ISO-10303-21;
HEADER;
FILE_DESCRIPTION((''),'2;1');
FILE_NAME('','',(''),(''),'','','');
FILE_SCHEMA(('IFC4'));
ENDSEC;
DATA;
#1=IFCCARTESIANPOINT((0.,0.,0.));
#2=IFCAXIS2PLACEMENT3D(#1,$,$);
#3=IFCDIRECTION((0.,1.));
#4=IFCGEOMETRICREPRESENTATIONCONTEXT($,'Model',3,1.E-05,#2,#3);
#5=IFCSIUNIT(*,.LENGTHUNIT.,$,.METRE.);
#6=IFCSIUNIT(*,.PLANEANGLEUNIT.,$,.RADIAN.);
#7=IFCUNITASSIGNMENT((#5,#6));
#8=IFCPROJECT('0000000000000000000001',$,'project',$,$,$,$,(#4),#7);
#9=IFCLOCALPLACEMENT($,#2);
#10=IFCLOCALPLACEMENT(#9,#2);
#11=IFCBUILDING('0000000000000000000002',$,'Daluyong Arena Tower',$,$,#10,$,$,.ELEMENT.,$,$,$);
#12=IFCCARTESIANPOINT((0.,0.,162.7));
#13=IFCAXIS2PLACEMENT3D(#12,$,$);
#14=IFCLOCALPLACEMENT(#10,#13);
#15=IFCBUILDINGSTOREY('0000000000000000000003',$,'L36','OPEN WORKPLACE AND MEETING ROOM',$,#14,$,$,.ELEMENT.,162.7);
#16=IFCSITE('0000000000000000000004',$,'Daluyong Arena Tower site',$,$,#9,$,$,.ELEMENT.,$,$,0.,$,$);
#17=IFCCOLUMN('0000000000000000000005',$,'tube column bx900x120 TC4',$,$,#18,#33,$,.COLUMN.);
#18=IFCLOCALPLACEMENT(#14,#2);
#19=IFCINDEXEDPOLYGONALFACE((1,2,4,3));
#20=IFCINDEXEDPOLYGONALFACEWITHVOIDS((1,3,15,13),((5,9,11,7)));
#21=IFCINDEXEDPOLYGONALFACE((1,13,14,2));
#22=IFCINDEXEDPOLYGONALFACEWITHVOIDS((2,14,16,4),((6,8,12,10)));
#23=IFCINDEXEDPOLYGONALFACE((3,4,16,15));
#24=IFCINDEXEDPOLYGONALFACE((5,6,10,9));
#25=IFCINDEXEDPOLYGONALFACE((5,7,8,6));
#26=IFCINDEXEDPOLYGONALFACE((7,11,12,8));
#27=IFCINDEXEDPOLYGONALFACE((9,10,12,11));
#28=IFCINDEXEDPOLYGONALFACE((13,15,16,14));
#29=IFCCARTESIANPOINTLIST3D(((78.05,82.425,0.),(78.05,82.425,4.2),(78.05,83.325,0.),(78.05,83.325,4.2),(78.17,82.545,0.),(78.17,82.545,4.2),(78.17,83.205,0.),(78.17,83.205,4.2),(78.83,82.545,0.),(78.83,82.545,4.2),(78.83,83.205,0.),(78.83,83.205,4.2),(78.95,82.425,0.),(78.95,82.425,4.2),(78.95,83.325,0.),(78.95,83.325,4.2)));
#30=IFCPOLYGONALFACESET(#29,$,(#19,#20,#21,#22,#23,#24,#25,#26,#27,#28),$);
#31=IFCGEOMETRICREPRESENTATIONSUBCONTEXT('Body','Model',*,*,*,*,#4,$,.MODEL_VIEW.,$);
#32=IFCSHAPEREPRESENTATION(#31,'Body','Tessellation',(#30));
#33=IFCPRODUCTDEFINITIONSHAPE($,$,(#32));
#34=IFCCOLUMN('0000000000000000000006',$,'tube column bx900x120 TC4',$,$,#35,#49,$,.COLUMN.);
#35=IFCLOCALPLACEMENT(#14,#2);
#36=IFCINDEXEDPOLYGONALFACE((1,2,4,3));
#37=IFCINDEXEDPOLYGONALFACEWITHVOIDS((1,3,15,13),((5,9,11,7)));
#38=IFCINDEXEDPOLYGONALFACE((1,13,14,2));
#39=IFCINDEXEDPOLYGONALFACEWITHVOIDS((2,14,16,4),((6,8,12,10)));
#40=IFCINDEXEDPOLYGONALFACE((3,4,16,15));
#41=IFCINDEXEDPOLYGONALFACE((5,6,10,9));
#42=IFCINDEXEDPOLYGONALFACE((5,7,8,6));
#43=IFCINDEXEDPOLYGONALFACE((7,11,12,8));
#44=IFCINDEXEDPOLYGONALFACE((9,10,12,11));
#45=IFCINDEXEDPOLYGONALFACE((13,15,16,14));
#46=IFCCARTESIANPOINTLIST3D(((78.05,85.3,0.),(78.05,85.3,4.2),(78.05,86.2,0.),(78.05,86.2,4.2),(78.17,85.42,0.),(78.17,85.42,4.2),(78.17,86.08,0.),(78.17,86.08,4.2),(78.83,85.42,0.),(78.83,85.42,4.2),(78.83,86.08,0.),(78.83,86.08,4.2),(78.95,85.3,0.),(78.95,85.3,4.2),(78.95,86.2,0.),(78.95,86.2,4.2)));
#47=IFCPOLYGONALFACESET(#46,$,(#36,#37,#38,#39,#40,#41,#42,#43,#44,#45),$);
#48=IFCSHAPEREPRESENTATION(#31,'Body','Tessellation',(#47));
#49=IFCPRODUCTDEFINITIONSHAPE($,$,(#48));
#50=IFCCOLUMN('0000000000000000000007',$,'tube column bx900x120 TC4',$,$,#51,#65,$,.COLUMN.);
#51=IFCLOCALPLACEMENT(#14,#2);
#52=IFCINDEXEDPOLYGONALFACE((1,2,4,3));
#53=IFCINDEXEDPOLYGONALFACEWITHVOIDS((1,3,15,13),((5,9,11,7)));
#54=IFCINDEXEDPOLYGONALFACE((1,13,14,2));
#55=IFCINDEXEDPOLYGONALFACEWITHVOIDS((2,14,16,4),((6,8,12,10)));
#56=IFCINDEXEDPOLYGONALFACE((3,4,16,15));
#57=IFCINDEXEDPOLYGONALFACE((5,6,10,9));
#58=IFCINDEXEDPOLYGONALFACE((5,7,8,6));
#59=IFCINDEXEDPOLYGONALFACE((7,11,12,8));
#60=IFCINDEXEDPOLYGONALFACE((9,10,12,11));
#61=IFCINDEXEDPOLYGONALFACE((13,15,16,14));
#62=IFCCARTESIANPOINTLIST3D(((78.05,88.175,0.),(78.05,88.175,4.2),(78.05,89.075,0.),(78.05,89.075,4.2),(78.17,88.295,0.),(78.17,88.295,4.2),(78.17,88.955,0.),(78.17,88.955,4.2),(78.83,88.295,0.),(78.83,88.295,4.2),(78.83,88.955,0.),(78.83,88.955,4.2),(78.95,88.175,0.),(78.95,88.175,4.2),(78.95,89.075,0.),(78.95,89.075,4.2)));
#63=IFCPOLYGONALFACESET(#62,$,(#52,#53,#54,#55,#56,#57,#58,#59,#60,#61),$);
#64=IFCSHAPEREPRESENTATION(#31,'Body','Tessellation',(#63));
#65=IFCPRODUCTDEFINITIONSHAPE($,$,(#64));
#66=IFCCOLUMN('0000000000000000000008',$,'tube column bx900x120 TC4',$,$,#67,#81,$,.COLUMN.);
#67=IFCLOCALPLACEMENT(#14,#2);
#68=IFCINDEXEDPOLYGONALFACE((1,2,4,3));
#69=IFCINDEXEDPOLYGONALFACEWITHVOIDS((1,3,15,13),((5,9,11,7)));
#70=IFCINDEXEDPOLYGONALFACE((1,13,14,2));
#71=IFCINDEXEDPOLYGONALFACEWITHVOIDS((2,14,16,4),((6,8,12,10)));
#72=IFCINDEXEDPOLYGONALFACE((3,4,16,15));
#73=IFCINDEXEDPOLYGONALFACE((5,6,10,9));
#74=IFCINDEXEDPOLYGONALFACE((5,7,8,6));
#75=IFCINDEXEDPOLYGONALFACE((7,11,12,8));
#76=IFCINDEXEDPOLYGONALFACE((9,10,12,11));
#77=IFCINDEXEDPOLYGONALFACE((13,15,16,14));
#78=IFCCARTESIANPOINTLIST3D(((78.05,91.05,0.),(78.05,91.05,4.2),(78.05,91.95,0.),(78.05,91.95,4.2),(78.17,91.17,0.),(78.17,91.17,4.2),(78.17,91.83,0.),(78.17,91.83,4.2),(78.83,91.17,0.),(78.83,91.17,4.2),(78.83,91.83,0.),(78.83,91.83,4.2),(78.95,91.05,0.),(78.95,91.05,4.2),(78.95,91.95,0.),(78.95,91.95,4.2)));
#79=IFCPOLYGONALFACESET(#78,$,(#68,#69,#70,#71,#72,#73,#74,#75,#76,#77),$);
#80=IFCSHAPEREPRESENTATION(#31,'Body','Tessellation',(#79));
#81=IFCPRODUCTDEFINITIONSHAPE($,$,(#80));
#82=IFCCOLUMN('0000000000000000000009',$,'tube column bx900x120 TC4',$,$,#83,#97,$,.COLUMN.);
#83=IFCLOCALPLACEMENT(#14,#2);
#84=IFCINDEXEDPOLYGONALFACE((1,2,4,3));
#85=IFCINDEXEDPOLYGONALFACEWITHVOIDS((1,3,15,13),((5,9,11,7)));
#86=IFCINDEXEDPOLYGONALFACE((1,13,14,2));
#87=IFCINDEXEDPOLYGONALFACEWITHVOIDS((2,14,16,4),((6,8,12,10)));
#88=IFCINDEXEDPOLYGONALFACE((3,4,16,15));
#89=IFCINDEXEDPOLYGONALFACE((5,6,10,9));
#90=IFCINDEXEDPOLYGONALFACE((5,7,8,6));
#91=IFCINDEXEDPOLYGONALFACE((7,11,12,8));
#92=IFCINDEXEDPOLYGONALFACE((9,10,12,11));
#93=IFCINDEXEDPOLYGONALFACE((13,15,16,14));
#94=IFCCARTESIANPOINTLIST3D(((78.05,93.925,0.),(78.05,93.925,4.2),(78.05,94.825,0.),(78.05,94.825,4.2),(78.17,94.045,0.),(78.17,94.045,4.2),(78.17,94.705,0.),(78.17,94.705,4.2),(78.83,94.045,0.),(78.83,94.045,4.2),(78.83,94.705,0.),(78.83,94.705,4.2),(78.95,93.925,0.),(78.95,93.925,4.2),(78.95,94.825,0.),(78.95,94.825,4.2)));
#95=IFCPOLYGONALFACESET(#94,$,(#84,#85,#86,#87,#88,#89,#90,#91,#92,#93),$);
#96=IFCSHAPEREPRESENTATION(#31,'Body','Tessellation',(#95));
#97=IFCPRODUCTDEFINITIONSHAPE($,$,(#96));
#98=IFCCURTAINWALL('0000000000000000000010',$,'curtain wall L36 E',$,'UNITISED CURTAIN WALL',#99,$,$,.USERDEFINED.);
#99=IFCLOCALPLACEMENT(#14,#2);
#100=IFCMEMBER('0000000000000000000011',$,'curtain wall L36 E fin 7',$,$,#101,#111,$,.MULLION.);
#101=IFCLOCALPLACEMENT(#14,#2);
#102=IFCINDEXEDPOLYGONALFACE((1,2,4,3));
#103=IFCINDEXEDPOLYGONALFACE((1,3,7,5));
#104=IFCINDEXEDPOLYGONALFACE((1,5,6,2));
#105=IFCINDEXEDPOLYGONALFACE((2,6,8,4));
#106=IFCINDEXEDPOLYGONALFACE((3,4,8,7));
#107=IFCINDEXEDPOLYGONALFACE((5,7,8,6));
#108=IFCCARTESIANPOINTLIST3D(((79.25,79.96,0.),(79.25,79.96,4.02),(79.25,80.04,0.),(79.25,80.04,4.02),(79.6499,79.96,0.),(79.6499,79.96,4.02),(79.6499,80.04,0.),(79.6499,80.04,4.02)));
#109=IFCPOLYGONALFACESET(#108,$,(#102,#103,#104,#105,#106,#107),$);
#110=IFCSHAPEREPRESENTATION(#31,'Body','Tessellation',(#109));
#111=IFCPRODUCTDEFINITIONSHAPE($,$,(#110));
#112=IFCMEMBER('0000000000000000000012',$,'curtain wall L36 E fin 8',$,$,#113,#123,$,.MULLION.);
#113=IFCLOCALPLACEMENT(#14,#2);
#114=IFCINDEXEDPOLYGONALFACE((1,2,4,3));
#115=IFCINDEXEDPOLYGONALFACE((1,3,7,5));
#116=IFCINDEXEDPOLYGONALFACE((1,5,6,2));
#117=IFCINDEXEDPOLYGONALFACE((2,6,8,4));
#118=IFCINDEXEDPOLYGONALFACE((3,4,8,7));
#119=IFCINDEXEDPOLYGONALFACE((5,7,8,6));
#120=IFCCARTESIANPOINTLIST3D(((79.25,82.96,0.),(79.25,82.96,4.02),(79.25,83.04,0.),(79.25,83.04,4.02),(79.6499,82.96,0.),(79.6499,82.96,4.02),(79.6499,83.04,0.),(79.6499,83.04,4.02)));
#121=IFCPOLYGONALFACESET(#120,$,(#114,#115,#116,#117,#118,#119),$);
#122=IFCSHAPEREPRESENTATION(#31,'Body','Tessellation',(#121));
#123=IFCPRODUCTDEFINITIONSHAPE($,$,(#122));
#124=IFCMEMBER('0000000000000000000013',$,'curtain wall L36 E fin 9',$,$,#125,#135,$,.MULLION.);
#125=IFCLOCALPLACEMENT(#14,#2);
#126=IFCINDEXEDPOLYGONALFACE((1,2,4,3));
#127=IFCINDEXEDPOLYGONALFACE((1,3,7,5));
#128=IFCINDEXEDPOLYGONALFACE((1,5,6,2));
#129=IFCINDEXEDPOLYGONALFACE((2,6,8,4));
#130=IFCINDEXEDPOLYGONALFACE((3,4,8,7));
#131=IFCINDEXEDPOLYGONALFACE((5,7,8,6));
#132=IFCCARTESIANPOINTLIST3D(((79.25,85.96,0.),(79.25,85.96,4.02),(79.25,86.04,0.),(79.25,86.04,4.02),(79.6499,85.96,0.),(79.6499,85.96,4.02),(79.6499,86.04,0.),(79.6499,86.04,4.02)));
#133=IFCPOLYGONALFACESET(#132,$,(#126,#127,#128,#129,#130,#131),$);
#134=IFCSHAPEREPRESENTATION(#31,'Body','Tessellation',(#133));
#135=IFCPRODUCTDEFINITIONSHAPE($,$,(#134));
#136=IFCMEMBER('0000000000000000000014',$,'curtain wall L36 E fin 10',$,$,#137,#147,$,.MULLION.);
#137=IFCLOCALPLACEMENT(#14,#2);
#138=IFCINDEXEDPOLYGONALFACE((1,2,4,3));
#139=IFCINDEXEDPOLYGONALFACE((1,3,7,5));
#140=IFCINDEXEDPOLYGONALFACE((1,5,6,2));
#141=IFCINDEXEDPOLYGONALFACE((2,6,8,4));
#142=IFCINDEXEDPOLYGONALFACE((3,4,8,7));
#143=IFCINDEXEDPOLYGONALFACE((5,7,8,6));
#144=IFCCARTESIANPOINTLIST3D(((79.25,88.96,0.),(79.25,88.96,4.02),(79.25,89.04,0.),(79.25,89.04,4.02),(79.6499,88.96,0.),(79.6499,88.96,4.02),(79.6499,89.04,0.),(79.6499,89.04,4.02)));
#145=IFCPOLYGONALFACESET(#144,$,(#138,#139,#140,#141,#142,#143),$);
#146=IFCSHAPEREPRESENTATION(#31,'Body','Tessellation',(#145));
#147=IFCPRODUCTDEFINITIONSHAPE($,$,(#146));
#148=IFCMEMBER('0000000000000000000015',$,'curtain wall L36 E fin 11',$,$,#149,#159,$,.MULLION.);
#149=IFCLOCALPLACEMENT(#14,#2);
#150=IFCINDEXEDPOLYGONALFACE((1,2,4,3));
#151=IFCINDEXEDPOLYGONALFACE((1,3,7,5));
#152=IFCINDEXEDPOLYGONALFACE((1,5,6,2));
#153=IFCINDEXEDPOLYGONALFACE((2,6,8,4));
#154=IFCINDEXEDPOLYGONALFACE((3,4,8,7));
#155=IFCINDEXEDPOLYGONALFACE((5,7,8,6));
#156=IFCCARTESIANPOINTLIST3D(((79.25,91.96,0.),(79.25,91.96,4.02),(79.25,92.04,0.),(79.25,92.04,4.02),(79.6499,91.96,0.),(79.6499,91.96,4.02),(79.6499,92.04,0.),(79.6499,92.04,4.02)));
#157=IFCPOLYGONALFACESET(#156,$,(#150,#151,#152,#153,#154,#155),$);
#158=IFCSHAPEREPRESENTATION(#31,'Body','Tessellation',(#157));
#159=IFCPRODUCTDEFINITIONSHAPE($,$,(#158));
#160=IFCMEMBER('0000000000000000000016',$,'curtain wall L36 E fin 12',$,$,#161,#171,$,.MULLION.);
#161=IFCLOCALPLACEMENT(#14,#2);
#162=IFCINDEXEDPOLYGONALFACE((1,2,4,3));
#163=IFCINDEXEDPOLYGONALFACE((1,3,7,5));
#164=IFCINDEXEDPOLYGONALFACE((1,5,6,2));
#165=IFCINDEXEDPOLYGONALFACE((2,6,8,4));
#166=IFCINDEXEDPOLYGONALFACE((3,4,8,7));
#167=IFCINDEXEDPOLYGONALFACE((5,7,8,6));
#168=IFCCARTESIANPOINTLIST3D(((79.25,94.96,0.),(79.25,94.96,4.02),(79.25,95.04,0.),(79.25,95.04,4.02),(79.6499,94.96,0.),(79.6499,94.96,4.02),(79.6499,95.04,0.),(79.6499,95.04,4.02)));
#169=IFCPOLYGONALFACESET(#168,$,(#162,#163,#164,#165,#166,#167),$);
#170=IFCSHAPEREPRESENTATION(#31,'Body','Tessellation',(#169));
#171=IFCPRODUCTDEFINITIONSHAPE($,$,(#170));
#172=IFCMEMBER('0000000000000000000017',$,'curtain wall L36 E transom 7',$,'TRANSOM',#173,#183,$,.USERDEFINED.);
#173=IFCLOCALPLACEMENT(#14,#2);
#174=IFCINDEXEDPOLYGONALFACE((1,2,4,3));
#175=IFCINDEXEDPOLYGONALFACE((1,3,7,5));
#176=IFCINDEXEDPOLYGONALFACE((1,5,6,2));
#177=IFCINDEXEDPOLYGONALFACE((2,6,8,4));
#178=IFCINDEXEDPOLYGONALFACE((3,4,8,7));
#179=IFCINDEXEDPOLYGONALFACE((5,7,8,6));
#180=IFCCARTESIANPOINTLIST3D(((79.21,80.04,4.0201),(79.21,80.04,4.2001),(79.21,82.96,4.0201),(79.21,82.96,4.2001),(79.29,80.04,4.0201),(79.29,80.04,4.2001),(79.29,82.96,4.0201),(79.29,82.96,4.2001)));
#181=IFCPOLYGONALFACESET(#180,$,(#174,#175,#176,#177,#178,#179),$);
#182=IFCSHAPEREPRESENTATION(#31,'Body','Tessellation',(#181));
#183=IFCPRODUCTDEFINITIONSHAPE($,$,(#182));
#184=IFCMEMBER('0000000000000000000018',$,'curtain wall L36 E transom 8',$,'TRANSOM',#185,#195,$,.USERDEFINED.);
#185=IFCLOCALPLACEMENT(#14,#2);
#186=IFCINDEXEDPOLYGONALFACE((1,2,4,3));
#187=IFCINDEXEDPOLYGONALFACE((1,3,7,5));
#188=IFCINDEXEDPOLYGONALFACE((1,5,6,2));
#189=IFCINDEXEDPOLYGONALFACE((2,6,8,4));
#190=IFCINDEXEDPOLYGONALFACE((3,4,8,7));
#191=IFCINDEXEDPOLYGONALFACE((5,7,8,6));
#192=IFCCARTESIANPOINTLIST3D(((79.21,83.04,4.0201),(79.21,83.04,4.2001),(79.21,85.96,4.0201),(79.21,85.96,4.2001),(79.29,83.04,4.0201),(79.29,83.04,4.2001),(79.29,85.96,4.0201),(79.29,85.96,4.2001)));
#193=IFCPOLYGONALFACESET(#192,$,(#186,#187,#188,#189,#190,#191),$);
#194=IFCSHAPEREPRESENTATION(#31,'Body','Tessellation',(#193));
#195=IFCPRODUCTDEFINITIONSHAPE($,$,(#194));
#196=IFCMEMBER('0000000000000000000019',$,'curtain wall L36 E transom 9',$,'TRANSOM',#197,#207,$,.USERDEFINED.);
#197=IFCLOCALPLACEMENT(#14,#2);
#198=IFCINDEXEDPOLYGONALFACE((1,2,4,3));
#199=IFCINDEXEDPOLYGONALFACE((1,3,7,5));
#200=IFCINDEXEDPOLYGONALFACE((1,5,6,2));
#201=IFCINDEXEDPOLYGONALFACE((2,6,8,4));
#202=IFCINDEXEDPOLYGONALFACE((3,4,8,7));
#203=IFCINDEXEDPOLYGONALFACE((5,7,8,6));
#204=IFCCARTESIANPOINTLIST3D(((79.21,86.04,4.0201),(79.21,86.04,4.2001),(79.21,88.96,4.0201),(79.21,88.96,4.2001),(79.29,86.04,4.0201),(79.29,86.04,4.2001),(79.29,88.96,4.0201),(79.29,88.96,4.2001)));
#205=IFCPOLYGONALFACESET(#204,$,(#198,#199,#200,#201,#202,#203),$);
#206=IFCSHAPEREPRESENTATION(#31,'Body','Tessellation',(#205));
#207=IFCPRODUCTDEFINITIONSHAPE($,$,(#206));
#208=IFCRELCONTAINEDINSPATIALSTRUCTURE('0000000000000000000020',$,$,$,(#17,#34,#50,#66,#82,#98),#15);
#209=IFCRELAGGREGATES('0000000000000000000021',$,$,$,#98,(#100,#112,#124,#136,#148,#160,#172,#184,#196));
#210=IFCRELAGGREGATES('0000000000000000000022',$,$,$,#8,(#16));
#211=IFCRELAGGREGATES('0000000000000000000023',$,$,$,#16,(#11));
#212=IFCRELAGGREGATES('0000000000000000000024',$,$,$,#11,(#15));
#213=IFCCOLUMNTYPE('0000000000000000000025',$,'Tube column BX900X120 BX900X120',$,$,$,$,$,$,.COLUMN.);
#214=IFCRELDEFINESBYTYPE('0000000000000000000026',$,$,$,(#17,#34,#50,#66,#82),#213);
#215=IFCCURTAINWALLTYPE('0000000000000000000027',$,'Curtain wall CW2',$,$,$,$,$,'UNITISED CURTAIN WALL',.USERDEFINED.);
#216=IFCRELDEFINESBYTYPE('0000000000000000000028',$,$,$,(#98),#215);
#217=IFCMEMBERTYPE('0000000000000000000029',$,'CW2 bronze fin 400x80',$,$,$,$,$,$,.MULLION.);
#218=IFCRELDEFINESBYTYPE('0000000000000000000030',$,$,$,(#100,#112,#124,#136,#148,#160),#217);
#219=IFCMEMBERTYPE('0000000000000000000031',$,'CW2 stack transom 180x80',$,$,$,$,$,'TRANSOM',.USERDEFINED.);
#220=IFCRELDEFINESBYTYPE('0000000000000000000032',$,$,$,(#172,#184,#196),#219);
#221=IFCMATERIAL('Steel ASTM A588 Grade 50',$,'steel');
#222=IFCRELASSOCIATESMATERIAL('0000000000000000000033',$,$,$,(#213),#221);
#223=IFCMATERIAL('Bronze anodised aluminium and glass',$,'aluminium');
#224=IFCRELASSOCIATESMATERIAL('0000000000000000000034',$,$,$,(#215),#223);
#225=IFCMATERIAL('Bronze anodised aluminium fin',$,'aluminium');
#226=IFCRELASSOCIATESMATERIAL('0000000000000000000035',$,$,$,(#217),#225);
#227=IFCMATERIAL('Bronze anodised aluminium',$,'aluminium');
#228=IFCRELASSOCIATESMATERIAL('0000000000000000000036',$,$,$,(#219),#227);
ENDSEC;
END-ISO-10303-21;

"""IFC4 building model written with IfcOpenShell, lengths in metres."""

from ifc_helpers import new_model, si_unit, direction, frame, origin, origin_2d, place, context, subcontext, project, spatial, rectangle, hollow_rectangle, extrude, material, material_profile, profile_set, type_object, element, aggregate, save


model = new_model("IFC4")

# Units and contexts
model_context = context("Model", 3, precision=1e-05, world=origin(), true_north=direction((0.0, 1.0)))
body_context = subcontext(model_context, "Body", "Model", "MODEL_VIEW")
ifc_project = project(units=[si_unit("LENGTHUNIT", "METRE"), si_unit("PLANEANGLEUNIT", "RADIAN")], contexts=[model_context])

# Site, building, storey
site_placement = place(None, origin())
site = spatial("IfcSite", under=ifc_project, at=site_placement, Name="Daluyong Arena Tower site", CompositionType="ELEMENT", RefElevation=0.0)
building_placement = place(site_placement, origin())
building = spatial("IfcBuilding", under=site, at=building_placement, Name="Daluyong Arena Tower", CompositionType="ELEMENT")
storey_placement = place(building_placement, frame((0.0, 0.0, 162.7)))
storey = spatial("IfcBuildingStorey", under=building, at=storey_placement, Name="L36", Description="OPEN WORKPLACE AND MEETING ROOM", CompositionType="ELEMENT", Elevation=162.7)

# Columns
ifc_material_1 = material(Name="Steel ASTM A588 Grade 50", Category="steel")
ifc_material_profile_1 = material_profile(ifc_material_1, hollow_rectangle(XDim=0.8999, YDim=0.8999, WallThickness=0.12, at=origin_2d()))
ifc_profile_set_1 = profile_set([ifc_material_profile_1], Name="Steel ASTM A588 Grade 50")
column_type = type_object("IfcColumnType", Name="Tube column BX900X120 BX900X120", PredefinedType="COLUMN", material=ifc_profile_set_1)
for number, where, z_axis, x_axis, name in (
    (1, (78.5, 82.875, 0.0), (0.0, 0.0, 1.0), (0.0, 1.0, 0.0), "tube column bx900x120 TC4"),
    (2, (78.5, 85.75, 0.0), (0.0, 0.0, 1.0), (0.0, 1.0, 0.0), "tube column bx900x120 TC4"),
    (3, (78.5, 88.625, 0.0), (0.0, 0.0, 1.0), (0.0, 1.0, 0.0), "tube column bx900x120 TC4"),
    (4, (78.5, 91.5, 0.0), (0.0, 0.0, 1.0), (0.0, 1.0, 0.0), "tube column bx900x120 TC4"),
    (5, (78.5, 94.375, 0.0), (0.0, 0.0, 1.0), (0.0, 1.0, 0.0), "tube column bx900x120 TC4"),
):
    element("IfcColumn", number, at=place(storey_placement, frame(where, z_axis=z_axis, x_axis=x_axis)), inside=storey, type_object=column_type, Name=name, PredefinedType="COLUMN", context=body_context, shape_type="SweptSolid", body=[
        extrude(hollow_rectangle(XDim=0.8999, YDim=0.8999, WallThickness=0.12, at=origin_2d()), origin(), (0.0, 0.0, 1.0), 4.2),
    ])

# Curtain wall, members
ifc_material_2 = material(Name="Bronze anodised aluminium and glass", Category="aluminium")
curtain_wall_type = type_object("IfcCurtainWallType", Name="Curtain wall CW2", ElementType="UNITISED CURTAIN WALL", PredefinedType="USERDEFINED", material=ifc_material_2)
curtain_wall_placement = place(storey_placement, origin())
curtain_wall = element("IfcCurtainWall", 6, at=curtain_wall_placement, inside=storey, type_object=curtain_wall_type, Name="curtain wall L36 E", ObjectType="UNITISED CURTAIN WALL", PredefinedType="USERDEFINED")
ifc_material_3 = material(Name="Bronze anodised aluminium fin", Category="aluminium")
ifc_material_profile_2 = material_profile(ifc_material_3, rectangle(XDim=0.3999, YDim=0.0801, at=origin_2d()))
ifc_profile_set_2 = profile_set([ifc_material_profile_2], Name="Bronze anodised aluminium fin")
member_type_1 = type_object("IfcMemberType", Name="CW2 bronze fin 400x80", PredefinedType="MULLION", material=ifc_profile_set_2)
member_1_placement = place(storey_placement, frame((79.45, 80.0, 0.0), z_axis=(0.0, 0.0, 1.0), x_axis=(-1.0, 0.0, 0.0)))
member_1 = element("IfcMember", 7, at=member_1_placement, type_object=member_type_1, Name="curtain wall L36 E fin 7", PredefinedType="MULLION", context=body_context, shape_type="SweptSolid", body=[
    extrude(rectangle(XDim=0.3999, YDim=0.0801, at=origin_2d()), origin(), (0.0, 0.0, 1.0), 4.02),
])
member_2_placement = place(storey_placement, frame((79.45, 83.0, 0.0), z_axis=(0.0, 0.0, 1.0), x_axis=(-1.0, 0.0, 0.0)))
member_2 = element("IfcMember", 8, at=member_2_placement, type_object=member_type_1, Name="curtain wall L36 E fin 8", PredefinedType="MULLION", context=body_context, shape_type="SweptSolid", body=[
    extrude(rectangle(XDim=0.3999, YDim=0.0801, at=origin_2d()), origin(), (0.0, 0.0, 1.0), 4.02),
])
member_3_placement = place(storey_placement, frame((79.45, 86.0, 0.0), z_axis=(0.0, 0.0, 1.0), x_axis=(-1.0, 0.0, 0.0)))
member_3 = element("IfcMember", 9, at=member_3_placement, type_object=member_type_1, Name="curtain wall L36 E fin 9", PredefinedType="MULLION", context=body_context, shape_type="SweptSolid", body=[
    extrude(rectangle(XDim=0.3999, YDim=0.0801, at=origin_2d()), origin(), (0.0, 0.0, 1.0), 4.02),
])
member_4_placement = place(storey_placement, frame((79.45, 89.0, 0.0), z_axis=(0.0, 0.0, 1.0), x_axis=(-1.0, 0.0, 0.0)))
member_4 = element("IfcMember", 10, at=member_4_placement, type_object=member_type_1, Name="curtain wall L36 E fin 10", PredefinedType="MULLION", context=body_context, shape_type="SweptSolid", body=[
    extrude(rectangle(XDim=0.3999, YDim=0.0801, at=origin_2d()), origin(), (0.0, 0.0, 1.0), 4.02),
])
member_5_placement = place(storey_placement, frame((79.45, 92.0, 0.0), z_axis=(0.0, 0.0, 1.0), x_axis=(-1.0, 0.0, 0.0)))
member_5 = element("IfcMember", 11, at=member_5_placement, type_object=member_type_1, Name="curtain wall L36 E fin 11", PredefinedType="MULLION", context=body_context, shape_type="SweptSolid", body=[
    extrude(rectangle(XDim=0.3999, YDim=0.0801, at=origin_2d()), origin(), (0.0, 0.0, 1.0), 4.02),
])
member_6_placement = place(storey_placement, frame((79.45, 95.0, 0.0), z_axis=(0.0, 0.0, 1.0), x_axis=(-1.0, 0.0, 0.0)))
member_6 = element("IfcMember", 12, at=member_6_placement, type_object=member_type_1, Name="curtain wall L36 E fin 12", PredefinedType="MULLION", context=body_context, shape_type="SweptSolid", body=[
    extrude(rectangle(XDim=0.3999, YDim=0.0801, at=origin_2d()), origin(), (0.0, 0.0, 1.0), 4.02),
])
ifc_material_4 = material(Name="Bronze anodised aluminium", Category="aluminium")
ifc_material_profile_3 = material_profile(ifc_material_4, rectangle(XDim=0.0801, YDim=0.1799, at=origin_2d()))
ifc_profile_set_3 = profile_set([ifc_material_profile_3], Name="Bronze anodised aluminium")
member_type_2 = type_object("IfcMemberType", Name="CW2 stack transom 180x80", ElementType="TRANSOM", PredefinedType="USERDEFINED", material=ifc_profile_set_3)
member_7_placement = place(storey_placement, frame((79.25, 80.04, 4.1101), z_axis=(0.0, 1.0, 0.0), x_axis=(-1.0, 0.0, 0.0)))
member_7 = element("IfcMember", 13, at=member_7_placement, type_object=member_type_2, Name="curtain wall L36 E transom 7", ObjectType="TRANSOM", PredefinedType="USERDEFINED", context=body_context, shape_type="SweptSolid", body=[
    extrude(rectangle(XDim=0.0801, YDim=0.1799, at=origin_2d()), origin(), (0.0, 0.0, 1.0), 2.9199),
])
member_8_placement = place(storey_placement, frame((79.25, 83.04, 4.1101), z_axis=(0.0, 1.0, 0.0), x_axis=(-1.0, 0.0, 0.0)))
member_8 = element("IfcMember", 14, at=member_8_placement, type_object=member_type_2, Name="curtain wall L36 E transom 8", ObjectType="TRANSOM", PredefinedType="USERDEFINED", context=body_context, shape_type="SweptSolid", body=[
    extrude(rectangle(XDim=0.0801, YDim=0.1799, at=origin_2d()), origin(), (0.0, 0.0, 1.0), 2.9199),
])
member_9_placement = place(storey_placement, frame((79.25, 86.04, 4.1101), z_axis=(0.0, 1.0, 0.0), x_axis=(-1.0, 0.0, 0.0)))
member_9 = element("IfcMember", 15, at=member_9_placement, type_object=member_type_2, Name="curtain wall L36 E transom 9", ObjectType="TRANSOM", PredefinedType="USERDEFINED", context=body_context, shape_type="SweptSolid", body=[
    extrude(rectangle(XDim=0.0801, YDim=0.1799, at=origin_2d()), origin(), (0.0, 0.0, 1.0), 2.9199),
])

aggregate(curtain_wall, [member_1, member_2, member_3, member_4, member_5, member_6, member_7, member_8, member_9])

save(model, "model.ifc")
